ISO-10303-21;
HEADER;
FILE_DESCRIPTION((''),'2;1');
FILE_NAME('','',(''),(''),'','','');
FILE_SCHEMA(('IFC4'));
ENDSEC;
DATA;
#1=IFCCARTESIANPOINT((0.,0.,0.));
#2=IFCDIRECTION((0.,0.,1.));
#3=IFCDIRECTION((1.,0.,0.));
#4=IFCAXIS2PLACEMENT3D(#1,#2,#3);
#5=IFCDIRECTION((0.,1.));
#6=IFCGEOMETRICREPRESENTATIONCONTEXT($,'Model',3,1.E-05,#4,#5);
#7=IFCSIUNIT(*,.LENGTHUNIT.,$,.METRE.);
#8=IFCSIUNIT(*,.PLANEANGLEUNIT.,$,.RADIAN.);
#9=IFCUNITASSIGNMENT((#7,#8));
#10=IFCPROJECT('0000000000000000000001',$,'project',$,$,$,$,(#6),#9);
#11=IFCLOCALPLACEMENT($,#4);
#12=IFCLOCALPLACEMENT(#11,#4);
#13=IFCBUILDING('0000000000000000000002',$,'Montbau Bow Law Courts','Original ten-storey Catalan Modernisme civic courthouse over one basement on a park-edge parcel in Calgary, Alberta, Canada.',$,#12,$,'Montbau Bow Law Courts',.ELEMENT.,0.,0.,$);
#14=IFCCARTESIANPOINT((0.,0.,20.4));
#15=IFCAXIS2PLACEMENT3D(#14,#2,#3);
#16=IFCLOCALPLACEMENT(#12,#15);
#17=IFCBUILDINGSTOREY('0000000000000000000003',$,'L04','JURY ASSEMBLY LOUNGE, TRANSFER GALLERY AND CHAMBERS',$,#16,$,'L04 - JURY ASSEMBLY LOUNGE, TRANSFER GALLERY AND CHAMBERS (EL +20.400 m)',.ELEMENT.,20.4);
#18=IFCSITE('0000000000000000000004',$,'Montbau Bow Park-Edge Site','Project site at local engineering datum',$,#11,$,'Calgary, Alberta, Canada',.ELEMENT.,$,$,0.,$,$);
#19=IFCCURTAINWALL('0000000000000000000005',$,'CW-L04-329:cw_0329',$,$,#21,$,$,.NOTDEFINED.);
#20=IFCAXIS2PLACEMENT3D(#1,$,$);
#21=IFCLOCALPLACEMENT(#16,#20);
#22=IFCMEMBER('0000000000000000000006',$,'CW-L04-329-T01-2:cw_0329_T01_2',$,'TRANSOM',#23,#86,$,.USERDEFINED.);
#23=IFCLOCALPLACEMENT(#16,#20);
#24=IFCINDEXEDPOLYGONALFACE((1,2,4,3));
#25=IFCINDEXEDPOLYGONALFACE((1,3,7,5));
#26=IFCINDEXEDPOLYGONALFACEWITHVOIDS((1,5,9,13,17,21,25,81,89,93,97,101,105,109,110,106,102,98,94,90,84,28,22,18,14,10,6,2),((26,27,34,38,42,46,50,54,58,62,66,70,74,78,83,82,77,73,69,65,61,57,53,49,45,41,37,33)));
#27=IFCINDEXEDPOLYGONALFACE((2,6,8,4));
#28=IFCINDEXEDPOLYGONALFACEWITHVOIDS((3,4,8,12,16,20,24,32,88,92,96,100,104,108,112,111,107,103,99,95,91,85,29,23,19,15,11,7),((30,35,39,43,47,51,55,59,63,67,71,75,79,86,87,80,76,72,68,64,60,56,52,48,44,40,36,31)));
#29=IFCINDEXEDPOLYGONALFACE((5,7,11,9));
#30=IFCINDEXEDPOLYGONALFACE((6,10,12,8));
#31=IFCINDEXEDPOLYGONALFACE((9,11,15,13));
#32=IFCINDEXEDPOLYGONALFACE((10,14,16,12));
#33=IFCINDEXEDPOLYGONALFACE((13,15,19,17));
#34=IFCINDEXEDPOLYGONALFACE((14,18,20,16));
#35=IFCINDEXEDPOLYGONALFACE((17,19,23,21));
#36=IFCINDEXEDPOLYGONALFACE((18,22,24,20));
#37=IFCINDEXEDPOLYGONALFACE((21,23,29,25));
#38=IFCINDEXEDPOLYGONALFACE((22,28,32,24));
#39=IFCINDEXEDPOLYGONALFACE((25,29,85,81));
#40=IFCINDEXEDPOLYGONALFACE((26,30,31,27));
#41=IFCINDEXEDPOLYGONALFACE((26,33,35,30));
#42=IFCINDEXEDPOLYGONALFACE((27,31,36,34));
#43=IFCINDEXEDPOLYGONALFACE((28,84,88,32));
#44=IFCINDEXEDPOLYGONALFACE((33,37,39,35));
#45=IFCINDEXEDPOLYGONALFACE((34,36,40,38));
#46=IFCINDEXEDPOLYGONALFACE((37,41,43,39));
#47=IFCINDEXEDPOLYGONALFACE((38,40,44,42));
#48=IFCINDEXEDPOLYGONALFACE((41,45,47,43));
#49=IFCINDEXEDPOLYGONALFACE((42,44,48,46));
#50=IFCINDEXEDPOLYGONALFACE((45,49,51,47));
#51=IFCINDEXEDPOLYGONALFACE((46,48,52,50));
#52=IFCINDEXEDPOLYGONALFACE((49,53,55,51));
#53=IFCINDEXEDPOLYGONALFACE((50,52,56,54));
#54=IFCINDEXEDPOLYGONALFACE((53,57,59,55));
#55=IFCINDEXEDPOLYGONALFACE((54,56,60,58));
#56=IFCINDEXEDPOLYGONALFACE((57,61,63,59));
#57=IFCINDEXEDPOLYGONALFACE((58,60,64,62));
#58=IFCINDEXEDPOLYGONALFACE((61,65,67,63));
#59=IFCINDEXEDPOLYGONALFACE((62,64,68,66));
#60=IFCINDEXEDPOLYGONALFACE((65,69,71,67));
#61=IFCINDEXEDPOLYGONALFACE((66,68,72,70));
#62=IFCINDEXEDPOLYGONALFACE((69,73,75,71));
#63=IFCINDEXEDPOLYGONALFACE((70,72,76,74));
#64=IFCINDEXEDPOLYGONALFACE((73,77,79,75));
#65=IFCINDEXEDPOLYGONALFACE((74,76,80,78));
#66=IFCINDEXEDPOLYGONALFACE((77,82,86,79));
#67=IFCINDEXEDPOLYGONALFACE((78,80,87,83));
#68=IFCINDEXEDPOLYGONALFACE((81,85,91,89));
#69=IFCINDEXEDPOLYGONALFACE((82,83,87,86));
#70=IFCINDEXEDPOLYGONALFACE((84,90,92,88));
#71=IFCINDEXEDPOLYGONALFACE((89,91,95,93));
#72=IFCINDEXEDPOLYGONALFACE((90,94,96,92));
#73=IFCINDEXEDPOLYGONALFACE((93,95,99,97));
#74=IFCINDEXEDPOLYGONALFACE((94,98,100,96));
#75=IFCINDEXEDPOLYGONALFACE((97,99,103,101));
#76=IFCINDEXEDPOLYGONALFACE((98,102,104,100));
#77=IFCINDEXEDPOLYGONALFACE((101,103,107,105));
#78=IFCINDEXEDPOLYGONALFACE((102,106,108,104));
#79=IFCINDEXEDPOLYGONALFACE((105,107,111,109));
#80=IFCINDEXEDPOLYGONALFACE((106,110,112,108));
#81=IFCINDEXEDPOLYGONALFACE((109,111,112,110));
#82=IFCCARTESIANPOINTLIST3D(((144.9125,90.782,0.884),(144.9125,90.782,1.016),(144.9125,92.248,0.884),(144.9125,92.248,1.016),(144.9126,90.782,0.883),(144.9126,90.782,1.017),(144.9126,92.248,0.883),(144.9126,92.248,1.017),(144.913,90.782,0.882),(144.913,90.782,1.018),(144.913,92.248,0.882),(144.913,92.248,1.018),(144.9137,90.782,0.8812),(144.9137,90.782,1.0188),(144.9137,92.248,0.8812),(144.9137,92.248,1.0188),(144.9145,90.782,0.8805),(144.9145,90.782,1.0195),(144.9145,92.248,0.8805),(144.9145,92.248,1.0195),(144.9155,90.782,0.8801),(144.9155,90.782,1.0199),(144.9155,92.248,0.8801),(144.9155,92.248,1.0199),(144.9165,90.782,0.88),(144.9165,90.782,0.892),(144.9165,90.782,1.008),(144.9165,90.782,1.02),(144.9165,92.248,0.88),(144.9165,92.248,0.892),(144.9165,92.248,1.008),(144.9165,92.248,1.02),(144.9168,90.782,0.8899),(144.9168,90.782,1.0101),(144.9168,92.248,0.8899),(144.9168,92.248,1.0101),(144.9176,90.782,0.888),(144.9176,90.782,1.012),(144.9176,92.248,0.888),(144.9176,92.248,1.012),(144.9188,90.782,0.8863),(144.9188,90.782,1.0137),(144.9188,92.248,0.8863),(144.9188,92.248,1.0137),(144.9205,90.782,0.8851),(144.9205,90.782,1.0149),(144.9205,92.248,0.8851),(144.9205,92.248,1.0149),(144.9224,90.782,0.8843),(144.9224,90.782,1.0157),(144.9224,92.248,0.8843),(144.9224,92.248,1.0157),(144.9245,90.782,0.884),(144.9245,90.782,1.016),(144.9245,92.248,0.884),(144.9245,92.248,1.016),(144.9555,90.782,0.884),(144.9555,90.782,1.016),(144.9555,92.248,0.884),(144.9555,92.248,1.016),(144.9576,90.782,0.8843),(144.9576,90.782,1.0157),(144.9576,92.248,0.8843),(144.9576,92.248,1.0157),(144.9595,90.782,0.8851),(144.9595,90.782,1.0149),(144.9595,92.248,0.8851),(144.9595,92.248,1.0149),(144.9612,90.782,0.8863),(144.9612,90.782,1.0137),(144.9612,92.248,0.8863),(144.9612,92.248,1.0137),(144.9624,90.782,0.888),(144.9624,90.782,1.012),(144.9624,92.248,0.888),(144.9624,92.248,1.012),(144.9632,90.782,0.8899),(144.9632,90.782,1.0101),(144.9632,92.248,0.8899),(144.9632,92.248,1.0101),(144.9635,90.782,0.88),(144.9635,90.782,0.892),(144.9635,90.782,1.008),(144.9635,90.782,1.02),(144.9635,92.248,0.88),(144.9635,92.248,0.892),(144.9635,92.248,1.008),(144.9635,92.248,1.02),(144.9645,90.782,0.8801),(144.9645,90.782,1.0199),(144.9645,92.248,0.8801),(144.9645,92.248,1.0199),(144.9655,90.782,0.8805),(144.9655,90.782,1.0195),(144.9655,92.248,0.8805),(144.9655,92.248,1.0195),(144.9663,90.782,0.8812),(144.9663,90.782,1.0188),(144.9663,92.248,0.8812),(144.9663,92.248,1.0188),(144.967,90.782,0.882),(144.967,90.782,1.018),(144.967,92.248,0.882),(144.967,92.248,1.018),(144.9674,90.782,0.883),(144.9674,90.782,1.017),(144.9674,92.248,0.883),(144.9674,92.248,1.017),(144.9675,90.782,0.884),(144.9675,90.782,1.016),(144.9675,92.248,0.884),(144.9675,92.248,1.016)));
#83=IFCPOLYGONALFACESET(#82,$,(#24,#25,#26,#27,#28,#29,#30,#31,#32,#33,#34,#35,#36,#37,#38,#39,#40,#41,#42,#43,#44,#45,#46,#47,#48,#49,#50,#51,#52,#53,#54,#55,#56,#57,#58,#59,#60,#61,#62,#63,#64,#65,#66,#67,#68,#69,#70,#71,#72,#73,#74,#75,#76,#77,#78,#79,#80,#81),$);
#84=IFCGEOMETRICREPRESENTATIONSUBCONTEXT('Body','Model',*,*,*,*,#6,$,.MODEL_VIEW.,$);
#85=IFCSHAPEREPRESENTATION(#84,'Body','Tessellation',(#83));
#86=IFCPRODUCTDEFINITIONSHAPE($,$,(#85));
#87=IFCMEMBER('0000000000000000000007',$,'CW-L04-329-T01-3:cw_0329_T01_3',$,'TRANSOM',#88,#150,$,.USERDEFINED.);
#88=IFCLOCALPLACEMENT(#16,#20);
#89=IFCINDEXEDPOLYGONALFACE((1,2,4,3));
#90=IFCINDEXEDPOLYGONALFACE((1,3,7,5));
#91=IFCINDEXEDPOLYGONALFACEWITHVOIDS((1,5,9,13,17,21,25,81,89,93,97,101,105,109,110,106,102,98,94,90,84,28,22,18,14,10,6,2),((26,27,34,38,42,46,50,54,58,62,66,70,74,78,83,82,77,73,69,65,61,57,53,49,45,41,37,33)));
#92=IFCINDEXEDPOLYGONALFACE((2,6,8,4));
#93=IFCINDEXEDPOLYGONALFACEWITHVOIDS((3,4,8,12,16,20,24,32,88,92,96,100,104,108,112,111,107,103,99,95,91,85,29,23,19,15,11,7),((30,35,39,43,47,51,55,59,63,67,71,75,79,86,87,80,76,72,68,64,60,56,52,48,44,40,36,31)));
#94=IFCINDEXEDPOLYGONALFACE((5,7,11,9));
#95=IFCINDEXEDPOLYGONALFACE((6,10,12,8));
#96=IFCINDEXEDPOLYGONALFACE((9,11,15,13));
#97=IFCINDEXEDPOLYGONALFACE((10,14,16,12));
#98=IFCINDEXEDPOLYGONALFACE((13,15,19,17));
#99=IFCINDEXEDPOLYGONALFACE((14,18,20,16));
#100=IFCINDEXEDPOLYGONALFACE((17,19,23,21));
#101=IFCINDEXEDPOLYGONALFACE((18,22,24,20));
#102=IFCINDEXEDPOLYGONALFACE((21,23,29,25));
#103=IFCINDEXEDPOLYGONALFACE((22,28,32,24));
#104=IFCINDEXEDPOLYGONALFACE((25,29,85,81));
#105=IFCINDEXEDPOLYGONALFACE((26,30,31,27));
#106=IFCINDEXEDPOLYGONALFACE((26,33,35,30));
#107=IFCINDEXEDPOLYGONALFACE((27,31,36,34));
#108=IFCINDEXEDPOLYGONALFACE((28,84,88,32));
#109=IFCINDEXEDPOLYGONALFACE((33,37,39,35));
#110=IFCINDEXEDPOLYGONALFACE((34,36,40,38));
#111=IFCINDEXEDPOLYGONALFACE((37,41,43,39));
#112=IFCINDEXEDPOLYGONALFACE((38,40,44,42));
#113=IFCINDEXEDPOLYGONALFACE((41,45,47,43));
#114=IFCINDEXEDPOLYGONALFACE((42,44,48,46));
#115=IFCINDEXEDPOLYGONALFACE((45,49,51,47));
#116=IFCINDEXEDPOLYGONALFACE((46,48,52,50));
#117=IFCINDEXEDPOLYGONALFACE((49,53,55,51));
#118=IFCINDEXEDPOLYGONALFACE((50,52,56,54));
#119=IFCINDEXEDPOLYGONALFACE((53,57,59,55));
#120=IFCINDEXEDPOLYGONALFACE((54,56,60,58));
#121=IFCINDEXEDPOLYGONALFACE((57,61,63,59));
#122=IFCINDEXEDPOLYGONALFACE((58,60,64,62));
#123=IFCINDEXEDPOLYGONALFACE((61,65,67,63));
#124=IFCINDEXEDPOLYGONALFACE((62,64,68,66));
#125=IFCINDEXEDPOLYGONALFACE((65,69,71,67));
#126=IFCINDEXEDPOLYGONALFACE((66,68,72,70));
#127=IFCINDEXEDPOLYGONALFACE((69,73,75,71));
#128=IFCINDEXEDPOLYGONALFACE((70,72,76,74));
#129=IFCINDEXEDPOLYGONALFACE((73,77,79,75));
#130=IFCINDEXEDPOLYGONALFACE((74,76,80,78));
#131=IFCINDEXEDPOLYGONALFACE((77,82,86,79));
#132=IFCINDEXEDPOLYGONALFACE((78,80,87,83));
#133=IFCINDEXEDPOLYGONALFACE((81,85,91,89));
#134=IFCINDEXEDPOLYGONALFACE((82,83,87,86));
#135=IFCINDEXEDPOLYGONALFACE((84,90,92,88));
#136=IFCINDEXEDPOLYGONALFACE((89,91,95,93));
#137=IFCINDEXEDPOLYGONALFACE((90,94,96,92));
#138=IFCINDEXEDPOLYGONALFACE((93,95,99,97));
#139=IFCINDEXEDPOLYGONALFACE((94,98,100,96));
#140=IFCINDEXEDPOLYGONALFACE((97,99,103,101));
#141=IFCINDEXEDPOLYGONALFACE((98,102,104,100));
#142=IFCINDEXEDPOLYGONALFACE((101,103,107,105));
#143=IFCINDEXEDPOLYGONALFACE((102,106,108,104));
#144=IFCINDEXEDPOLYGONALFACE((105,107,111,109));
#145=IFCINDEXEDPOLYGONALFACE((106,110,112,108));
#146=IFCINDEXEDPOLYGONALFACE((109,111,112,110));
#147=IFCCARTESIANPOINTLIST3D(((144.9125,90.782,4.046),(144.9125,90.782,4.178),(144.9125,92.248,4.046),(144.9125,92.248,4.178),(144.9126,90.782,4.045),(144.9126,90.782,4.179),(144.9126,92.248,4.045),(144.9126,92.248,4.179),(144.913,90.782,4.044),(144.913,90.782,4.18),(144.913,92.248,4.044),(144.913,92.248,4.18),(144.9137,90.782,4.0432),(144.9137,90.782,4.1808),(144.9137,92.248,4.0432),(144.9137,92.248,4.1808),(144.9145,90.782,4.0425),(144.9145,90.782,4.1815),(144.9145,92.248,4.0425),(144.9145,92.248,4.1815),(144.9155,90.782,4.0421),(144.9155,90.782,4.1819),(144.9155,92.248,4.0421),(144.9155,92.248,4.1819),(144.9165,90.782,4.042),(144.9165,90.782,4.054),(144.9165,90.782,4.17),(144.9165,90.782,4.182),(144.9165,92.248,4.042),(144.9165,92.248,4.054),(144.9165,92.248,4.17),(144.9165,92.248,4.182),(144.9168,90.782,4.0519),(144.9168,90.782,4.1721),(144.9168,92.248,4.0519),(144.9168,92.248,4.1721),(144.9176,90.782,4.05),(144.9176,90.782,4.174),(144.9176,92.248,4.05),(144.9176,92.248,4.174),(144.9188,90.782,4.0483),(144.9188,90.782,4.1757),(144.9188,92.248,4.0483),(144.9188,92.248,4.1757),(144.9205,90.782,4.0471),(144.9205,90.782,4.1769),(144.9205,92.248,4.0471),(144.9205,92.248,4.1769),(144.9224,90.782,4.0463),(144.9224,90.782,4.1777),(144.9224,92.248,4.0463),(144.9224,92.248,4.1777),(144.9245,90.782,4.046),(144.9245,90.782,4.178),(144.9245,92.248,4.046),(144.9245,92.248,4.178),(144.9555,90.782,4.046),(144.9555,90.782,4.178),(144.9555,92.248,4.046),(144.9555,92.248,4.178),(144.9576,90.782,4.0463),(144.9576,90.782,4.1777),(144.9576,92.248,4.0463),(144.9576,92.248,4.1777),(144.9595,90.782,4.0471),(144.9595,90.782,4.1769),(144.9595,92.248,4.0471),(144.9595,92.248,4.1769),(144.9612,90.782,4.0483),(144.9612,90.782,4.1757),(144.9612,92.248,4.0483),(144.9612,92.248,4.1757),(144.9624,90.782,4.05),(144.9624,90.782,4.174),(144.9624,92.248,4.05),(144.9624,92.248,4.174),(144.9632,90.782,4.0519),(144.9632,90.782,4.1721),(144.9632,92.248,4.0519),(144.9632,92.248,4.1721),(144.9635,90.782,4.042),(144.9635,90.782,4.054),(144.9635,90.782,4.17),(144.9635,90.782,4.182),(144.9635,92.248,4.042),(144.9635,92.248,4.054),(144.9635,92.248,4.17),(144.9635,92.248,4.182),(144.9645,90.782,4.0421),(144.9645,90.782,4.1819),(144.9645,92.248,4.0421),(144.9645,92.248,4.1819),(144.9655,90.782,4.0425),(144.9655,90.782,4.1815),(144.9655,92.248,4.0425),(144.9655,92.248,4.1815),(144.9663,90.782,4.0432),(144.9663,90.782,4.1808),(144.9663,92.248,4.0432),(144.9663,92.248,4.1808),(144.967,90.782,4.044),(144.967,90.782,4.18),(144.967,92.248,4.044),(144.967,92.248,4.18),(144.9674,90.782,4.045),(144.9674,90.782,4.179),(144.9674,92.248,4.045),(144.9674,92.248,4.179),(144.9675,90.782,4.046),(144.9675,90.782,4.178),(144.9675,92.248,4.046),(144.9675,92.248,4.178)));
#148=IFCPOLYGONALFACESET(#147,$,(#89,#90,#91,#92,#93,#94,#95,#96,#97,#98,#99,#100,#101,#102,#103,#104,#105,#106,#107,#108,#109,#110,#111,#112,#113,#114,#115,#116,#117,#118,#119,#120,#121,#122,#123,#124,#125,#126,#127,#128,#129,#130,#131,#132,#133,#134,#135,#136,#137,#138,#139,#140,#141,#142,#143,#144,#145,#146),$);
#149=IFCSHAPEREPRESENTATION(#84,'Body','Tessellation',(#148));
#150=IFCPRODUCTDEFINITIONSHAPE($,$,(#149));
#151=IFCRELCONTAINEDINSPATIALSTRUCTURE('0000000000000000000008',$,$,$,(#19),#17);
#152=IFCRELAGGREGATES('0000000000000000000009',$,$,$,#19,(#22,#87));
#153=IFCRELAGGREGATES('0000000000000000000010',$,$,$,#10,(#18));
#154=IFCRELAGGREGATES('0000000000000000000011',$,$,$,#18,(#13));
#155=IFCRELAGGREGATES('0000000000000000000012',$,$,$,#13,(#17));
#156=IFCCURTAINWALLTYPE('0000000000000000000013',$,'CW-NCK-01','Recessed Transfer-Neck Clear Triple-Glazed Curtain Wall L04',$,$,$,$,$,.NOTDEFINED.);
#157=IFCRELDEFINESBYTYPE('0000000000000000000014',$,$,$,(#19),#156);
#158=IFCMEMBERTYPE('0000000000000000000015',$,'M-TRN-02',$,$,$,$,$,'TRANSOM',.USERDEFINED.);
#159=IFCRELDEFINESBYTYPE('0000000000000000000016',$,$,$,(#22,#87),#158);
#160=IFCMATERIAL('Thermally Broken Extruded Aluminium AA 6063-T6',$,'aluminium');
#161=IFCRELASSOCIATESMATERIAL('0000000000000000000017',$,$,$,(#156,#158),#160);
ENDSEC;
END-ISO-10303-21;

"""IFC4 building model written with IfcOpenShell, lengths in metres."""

from ifc_helpers import new_model, si_unit, direction, frame, origin_with_axes, origin_2d_with_axis, place, context, subcontext, project, spatial, hollow_rectangle, extrude, material, material_profile, profile_set, type_object, element, aggregate, save


model = new_model("IFC4")

# Units and contexts
model_context = context("Model", 3, precision=1e-05, world=origin_with_axes(), true_north=direction((0.0, 1.0)))
body_context = subcontext(model_context, "Body", "Model", "MODEL_VIEW")
ifc_project = project(units=[si_unit("LENGTHUNIT", "METRE"), si_unit("PLANEANGLEUNIT", "RADIAN")], contexts=[model_context])

# Site, building, storey
site_placement = place(None, origin_with_axes())
site = spatial("IfcSite", under=ifc_project, at=site_placement, Name="Montbau Bow Park-Edge Site", Description="Project site at local engineering datum", LongName="Calgary, Alberta, Canada", CompositionType="ELEMENT", RefElevation=0.0)
building_placement = place(site_placement, origin_with_axes())
building = spatial("IfcBuilding", under=site, at=building_placement, Name="Montbau Bow Law Courts", Description="Original ten-storey Catalan Modernisme civic courthouse over one basement on a park-edge parcel in Calgary, Alberta, Canada.", LongName="Montbau Bow Law Courts", CompositionType="ELEMENT", ElevationOfRefHeight=0.0, ElevationOfTerrain=0.0)
storey_placement = place(building_placement, frame((0.0, 0.0, 20.4), z_axis=(0.0, 0.0, 1.0), x_axis=(1.0, 0.0, 0.0)))
storey = spatial("IfcBuildingStorey", under=building, at=storey_placement, Name="L04", Description="JURY ASSEMBLY LOUNGE, TRANSFER GALLERY AND CHAMBERS", LongName="L04 - JURY ASSEMBLY LOUNGE, TRANSFER GALLERY AND CHAMBERS (EL +20.400 m)", CompositionType="ELEMENT", Elevation=20.4)

# Shared definitions
ifc_material_1 = material(Name="Thermally Broken Extruded Aluminium AA 6063-T6", Category="aluminium")
curtain_wall_type = type_object("IfcCurtainWallType", Name="CW-NCK-01", Description="Recessed Transfer-Neck Clear Triple-Glazed Curtain Wall L04", PredefinedType="NOTDEFINED", material=ifc_material_1)

# Curtain wall
curtain_wall_1_placement = place(None, frame((144.94, 90.72, 20.4), z_axis=(0.0, 0.0, 1.0), x_axis=(1.0, 0.0, 0.0)))
curtain_wall_1 = element("IfcCurtainWall", 1, at=curtain_wall_1_placement, inside=storey, type_object=curtain_wall_type, Name="CW-L04-329:cw_0329", PredefinedType="NOTDEFINED")

# Members
ifc_material_profile_1 = material_profile(ifc_material_1, hollow_rectangle(XDim=0.055, YDim=0.14, WallThickness=0.004, InnerFilletRadius=0.008, OuterFilletRadius=0.004, at=origin_2d_with_axis()), Name="CWT-140X55", Category="Main", Priority=0)
ifc_profile_set_1 = profile_set([ifc_material_profile_1], Name="Thermally Broken Extruded Aluminium AA 6063-T6")
member_type_1 = type_object("IfcMemberType", Name="M-TRN-02", ElementType="TRANSOM", PredefinedType="USERDEFINED", material=ifc_profile_set_1)
member_1_placement = place(None, frame((144.94, 90.782, 21.35), z_axis=(0.0, 1.0, 0.0), x_axis=(-1.0, 0.0, 0.0)))
member_1 = element("IfcMember", 2, at=member_1_placement, type_object=member_type_1, Name="CW-L04-329-T01-2:cw_0329_T01_2", ObjectType="TRANSOM", PredefinedType="USERDEFINED", context=body_context, shape_type="SweptSolid", body=[
    extrude(hollow_rectangle(XDim=0.055, YDim=0.14, WallThickness=0.004, InnerFilletRadius=0.008, OuterFilletRadius=0.004, at=origin_2d_with_axis()), origin_with_axes(), (0.0, 0.0, 1.0), 1.466),
])
member_2_placement = place(None, frame((144.94, 90.782, 24.512), z_axis=(0.0, 1.0, 0.0), x_axis=(-1.0, 0.0, 0.0)))
member_2 = element("IfcMember", 3, at=member_2_placement, type_object=member_type_1, Name="CW-L04-329-T01-3:cw_0329_T01_3", ObjectType="TRANSOM", PredefinedType="USERDEFINED", context=body_context, shape_type="SweptSolid", body=[
    extrude(hollow_rectangle(XDim=0.055, YDim=0.14, WallThickness=0.004, InnerFilletRadius=0.008, OuterFilletRadius=0.004, at=origin_2d_with_axis()), origin_with_axes(), (0.0, 0.0, 1.0), 1.466),
])

aggregate(curtain_wall_1, [member_1, member_2])

save(model, "model.ifc")
